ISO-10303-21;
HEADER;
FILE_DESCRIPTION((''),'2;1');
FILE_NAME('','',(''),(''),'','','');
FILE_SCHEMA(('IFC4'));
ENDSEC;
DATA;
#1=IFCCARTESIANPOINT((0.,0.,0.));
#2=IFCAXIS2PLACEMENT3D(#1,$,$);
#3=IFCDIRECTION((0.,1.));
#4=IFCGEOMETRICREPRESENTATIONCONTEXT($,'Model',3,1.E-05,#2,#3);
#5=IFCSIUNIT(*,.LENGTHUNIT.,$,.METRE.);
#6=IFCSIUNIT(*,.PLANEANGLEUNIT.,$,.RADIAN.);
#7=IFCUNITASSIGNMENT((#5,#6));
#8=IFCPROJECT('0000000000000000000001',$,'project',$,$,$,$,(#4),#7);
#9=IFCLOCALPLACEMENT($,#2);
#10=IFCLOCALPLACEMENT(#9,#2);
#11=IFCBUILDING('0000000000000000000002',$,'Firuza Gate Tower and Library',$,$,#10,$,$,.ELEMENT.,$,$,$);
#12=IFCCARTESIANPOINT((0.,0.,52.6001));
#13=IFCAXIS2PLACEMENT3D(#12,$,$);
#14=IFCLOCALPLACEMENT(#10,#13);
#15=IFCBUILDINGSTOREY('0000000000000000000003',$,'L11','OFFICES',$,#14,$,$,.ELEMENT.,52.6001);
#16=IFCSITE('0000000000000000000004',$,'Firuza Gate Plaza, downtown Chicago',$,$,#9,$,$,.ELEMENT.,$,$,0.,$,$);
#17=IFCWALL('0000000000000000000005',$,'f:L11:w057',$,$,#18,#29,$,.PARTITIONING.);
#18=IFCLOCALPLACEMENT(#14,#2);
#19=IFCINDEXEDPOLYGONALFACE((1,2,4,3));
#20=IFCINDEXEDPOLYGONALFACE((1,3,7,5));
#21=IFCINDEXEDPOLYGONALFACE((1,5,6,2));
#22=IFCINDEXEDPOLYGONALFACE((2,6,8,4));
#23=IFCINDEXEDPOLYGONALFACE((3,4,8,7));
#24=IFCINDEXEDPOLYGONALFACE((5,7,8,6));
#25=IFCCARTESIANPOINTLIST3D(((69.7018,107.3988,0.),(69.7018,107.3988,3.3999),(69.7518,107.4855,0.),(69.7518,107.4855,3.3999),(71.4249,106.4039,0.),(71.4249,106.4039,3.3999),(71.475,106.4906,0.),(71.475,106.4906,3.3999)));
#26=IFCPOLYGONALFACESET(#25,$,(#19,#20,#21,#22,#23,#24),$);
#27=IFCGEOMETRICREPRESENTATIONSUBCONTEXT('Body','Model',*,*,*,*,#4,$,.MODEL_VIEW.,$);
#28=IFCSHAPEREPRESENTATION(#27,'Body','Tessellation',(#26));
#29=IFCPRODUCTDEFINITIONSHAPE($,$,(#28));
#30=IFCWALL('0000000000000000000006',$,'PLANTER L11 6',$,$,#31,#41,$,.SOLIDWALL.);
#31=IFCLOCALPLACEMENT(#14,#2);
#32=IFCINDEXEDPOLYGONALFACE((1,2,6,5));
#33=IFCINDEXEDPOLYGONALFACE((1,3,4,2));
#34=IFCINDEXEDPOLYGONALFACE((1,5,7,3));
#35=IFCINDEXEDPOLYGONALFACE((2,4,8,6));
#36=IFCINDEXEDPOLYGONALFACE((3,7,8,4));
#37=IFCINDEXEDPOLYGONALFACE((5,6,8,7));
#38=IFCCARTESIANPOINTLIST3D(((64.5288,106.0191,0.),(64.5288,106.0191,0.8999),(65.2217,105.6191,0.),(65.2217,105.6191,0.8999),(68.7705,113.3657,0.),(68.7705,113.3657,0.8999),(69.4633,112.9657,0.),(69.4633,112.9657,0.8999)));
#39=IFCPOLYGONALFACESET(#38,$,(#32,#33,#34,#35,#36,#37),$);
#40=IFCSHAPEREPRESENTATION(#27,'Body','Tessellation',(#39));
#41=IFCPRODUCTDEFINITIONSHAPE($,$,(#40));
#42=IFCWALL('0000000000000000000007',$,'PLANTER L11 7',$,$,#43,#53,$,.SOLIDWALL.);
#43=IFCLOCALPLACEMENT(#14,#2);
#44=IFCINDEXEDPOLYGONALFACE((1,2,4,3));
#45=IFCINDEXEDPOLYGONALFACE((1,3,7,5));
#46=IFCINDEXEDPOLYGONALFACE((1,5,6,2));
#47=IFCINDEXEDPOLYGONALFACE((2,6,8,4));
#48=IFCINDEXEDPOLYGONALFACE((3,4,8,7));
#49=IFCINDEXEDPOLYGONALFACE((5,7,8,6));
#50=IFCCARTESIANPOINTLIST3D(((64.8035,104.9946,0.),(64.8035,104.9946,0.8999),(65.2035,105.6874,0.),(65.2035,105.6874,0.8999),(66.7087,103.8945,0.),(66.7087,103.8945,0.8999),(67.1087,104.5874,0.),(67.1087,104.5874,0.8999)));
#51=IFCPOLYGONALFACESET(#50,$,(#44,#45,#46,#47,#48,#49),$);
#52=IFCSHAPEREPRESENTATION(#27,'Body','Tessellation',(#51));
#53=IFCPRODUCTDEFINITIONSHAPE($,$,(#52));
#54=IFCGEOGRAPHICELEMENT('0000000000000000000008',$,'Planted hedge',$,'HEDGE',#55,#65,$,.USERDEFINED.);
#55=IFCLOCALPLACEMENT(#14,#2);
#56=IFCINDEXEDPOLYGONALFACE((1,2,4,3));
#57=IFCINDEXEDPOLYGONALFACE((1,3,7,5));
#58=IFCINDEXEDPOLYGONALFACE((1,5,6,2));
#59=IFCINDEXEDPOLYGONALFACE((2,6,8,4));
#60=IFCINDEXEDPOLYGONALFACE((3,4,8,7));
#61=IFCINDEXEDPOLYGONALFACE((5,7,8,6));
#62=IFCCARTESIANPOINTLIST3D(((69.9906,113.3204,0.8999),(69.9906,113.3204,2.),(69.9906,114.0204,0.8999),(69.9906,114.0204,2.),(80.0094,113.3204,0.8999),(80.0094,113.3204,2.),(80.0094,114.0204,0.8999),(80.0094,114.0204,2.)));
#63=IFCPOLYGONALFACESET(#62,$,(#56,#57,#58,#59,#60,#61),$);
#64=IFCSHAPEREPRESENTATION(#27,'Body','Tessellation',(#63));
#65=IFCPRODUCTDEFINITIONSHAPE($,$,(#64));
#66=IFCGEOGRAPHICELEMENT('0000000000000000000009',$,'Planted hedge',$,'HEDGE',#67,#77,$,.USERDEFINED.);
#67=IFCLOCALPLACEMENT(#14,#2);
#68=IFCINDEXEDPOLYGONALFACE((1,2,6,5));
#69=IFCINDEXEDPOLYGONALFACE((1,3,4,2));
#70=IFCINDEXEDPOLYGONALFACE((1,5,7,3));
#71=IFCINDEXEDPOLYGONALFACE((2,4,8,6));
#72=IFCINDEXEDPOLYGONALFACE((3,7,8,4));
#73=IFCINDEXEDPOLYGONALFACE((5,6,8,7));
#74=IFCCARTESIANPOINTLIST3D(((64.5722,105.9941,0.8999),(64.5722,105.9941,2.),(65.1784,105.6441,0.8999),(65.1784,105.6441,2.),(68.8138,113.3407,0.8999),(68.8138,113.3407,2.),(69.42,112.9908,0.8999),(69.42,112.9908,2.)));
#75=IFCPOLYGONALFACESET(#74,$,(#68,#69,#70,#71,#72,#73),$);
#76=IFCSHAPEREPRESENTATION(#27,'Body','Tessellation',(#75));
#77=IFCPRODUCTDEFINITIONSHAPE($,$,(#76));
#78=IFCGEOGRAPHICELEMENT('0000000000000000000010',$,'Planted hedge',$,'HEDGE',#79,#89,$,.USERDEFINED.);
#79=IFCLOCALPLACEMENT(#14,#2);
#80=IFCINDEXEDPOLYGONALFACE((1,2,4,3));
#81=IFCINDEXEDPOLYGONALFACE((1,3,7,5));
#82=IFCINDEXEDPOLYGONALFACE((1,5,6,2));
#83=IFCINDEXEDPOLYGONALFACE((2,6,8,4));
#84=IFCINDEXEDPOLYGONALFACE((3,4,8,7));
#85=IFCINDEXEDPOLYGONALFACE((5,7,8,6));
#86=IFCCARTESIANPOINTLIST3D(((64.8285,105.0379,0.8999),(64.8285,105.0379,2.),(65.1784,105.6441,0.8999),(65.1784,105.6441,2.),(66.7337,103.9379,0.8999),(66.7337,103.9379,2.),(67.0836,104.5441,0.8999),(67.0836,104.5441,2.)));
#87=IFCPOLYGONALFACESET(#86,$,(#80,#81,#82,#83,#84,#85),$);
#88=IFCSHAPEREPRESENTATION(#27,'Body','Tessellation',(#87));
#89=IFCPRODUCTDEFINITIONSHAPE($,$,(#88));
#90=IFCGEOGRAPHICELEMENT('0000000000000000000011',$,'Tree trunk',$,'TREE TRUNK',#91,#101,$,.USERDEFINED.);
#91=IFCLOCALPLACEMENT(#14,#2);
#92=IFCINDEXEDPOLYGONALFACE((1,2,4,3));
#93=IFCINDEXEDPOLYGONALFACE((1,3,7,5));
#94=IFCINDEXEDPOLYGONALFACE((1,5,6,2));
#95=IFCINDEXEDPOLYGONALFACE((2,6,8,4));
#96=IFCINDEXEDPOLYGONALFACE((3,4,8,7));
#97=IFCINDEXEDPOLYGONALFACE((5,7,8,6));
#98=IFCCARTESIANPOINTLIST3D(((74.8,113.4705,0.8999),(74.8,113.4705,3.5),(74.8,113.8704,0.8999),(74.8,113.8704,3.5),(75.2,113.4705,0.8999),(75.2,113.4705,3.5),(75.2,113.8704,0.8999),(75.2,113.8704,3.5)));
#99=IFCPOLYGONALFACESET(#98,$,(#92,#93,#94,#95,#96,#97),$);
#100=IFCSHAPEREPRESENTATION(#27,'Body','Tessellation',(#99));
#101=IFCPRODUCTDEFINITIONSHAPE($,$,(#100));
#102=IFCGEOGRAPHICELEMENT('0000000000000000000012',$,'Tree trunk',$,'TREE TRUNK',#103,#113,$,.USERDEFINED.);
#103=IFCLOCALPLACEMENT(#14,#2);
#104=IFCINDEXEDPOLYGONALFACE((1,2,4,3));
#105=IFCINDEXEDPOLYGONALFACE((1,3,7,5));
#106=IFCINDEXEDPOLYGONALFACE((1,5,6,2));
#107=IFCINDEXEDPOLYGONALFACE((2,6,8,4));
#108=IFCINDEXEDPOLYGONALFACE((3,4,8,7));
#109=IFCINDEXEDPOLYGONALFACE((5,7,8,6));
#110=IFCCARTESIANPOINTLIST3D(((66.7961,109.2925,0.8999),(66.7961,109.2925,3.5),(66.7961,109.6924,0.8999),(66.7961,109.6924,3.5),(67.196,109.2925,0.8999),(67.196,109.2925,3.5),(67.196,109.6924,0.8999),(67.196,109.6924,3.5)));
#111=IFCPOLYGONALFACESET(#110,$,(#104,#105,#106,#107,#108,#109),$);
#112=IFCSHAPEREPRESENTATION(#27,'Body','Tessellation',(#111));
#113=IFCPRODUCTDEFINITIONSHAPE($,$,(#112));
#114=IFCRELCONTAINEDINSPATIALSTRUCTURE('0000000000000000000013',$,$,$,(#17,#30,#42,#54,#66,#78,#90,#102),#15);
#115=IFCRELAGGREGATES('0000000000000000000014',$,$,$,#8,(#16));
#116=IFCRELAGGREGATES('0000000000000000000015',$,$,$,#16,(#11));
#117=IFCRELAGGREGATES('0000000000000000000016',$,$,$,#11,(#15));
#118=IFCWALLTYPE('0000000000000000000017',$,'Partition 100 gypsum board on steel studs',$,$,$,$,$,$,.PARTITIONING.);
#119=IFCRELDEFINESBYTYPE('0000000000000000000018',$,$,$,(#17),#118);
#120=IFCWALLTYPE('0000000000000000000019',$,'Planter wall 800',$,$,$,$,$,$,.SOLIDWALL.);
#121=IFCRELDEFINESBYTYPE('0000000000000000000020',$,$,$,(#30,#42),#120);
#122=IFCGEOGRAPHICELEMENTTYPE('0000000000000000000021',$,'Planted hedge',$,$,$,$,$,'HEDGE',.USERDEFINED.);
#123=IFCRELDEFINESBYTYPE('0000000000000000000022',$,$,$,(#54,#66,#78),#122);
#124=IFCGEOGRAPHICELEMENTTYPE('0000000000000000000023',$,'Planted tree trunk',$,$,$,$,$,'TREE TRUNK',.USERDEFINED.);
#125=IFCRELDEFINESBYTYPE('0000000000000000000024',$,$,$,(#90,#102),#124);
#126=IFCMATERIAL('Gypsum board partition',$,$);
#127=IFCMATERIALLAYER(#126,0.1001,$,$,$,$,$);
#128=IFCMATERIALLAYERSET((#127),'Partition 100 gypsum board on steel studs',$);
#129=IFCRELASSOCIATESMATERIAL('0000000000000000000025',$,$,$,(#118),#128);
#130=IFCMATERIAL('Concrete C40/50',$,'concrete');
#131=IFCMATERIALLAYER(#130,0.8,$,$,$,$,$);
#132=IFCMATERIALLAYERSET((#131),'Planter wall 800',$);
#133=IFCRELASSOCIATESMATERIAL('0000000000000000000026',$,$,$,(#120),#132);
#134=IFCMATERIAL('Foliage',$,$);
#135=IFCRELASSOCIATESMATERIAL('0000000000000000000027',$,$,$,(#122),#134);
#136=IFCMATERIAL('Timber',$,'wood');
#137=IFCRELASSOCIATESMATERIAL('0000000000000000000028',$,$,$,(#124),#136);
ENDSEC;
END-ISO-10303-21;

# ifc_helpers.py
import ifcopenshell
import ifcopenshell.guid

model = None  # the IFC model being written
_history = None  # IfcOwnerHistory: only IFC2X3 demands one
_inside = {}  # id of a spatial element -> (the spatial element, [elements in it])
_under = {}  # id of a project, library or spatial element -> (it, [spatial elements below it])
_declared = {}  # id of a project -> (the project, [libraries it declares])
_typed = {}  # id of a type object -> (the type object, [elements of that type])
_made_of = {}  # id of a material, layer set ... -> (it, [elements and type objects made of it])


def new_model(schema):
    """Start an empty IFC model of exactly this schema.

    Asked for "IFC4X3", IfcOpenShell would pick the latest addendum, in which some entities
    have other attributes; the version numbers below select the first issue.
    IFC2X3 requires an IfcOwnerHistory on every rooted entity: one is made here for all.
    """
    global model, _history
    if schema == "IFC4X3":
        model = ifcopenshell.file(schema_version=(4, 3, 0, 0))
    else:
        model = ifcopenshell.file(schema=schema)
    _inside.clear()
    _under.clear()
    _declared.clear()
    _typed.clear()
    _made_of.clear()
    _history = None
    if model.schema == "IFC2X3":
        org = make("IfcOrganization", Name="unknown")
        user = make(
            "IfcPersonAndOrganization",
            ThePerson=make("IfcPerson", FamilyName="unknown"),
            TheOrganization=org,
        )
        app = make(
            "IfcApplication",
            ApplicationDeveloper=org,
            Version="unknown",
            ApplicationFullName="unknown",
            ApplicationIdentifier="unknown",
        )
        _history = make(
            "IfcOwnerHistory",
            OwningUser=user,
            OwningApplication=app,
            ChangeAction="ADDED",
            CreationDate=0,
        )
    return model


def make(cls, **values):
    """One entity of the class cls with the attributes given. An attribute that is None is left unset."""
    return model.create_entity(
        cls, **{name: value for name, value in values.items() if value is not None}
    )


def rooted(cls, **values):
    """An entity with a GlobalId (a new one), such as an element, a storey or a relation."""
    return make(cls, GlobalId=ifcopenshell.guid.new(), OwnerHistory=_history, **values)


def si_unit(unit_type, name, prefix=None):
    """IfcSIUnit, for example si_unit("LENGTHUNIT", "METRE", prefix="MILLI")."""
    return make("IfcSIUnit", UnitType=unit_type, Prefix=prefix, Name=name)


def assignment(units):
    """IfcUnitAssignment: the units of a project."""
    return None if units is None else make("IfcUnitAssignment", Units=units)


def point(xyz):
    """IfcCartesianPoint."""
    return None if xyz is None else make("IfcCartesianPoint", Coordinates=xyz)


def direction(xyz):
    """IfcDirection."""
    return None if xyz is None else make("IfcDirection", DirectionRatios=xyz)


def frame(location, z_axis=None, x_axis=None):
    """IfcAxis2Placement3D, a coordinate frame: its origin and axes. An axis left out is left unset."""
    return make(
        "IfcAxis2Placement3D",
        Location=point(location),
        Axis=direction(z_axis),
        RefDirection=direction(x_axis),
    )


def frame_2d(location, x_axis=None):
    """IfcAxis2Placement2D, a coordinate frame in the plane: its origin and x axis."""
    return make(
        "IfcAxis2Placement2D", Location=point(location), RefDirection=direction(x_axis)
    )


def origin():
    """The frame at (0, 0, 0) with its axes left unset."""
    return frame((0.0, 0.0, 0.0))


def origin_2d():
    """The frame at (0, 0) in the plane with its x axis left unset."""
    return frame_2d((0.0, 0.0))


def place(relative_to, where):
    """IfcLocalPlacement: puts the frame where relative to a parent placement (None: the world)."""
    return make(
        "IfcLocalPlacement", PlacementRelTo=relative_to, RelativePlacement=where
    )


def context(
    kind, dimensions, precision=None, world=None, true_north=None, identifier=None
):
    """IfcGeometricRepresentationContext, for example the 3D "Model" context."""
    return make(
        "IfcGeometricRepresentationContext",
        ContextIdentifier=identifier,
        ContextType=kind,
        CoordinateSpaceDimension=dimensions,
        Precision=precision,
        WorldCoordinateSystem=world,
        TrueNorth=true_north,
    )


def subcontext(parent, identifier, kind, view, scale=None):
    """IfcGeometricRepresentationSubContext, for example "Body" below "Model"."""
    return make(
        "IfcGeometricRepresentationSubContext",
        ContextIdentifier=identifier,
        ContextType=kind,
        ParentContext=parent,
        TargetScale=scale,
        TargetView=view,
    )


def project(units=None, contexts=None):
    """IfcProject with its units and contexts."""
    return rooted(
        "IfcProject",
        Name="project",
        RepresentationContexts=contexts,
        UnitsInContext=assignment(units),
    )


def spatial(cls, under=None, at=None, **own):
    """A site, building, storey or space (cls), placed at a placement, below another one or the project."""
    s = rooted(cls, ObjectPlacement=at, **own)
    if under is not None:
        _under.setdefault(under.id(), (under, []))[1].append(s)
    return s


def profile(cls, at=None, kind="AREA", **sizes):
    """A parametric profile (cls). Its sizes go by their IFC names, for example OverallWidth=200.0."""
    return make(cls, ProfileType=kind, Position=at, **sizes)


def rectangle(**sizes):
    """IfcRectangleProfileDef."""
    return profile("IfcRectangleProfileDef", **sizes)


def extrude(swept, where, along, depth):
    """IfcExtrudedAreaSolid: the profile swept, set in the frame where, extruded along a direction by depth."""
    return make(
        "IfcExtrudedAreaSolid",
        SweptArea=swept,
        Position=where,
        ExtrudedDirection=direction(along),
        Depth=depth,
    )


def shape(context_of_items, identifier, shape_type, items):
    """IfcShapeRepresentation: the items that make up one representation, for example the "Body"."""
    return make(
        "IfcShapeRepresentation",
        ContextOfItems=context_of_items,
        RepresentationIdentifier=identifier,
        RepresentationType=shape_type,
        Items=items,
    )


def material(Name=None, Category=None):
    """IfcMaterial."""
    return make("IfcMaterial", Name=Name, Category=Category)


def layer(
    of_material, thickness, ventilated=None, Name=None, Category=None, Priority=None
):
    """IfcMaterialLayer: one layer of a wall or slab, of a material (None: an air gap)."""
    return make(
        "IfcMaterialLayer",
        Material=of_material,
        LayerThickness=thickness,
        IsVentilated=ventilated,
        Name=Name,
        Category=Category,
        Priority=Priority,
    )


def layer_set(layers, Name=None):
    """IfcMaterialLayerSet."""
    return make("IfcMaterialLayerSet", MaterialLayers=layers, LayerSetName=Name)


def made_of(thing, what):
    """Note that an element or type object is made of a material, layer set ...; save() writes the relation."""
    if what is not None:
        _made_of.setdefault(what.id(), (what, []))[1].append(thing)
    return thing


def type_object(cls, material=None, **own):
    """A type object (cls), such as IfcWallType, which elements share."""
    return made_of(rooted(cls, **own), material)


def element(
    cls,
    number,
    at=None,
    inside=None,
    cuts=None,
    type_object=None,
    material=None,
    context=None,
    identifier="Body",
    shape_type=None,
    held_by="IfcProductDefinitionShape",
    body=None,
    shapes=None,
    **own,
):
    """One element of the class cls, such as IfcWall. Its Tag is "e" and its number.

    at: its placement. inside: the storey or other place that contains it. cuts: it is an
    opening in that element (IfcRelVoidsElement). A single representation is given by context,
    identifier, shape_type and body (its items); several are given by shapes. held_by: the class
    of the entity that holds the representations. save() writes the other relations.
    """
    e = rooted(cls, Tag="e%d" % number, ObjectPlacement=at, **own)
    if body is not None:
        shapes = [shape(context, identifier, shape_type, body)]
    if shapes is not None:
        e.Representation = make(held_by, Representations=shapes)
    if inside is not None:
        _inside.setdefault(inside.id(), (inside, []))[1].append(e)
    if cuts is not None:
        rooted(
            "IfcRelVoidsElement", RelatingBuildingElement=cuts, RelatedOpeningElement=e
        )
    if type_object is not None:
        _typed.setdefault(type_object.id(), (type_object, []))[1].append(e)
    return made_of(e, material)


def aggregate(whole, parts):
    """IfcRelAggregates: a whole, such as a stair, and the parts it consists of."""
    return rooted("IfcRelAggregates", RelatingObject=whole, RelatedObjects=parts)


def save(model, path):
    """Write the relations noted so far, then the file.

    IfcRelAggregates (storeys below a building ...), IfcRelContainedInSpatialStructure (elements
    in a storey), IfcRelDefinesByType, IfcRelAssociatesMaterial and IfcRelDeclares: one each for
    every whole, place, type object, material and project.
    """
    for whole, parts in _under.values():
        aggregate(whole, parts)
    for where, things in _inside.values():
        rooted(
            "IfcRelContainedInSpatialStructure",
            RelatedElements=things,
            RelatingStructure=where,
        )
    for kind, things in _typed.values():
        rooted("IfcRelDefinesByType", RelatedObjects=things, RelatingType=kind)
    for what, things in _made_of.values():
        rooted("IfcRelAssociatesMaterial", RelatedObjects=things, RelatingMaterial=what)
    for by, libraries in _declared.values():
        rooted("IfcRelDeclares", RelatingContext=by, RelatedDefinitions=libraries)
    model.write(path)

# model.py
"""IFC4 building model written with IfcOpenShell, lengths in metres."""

from ifc_helpers import new_model, si_unit, direction, frame, frame_2d, origin, origin_2d, place, context, subcontext, project, spatial, rectangle, extrude, material, layer, layer_set, type_object, element, save


model = new_model("IFC4")

# Units and contexts
model_context = context("Model", 3, precision=1e-05, world=origin(), true_north=direction((0.0, 1.0)))
body_context = subcontext(model_context, "Body", "Model", "MODEL_VIEW")
ifc_project = project(units=[si_unit("LENGTHUNIT", "METRE"), si_unit("PLANEANGLEUNIT", "RADIAN")], contexts=[model_context])

# Site, building, storey
site_placement = place(None, origin())
site = spatial("IfcSite", under=ifc_project, at=site_placement, Name="Firuza Gate Plaza, downtown Chicago", CompositionType="ELEMENT", RefElevation=0.0)
building_placement = place(site_placement, origin())
building = spatial("IfcBuilding", under=site, at=building_placement, Name="Firuza Gate Tower and Library", CompositionType="ELEMENT")
storey_placement = place(building_placement, frame((0.0, 0.0, 52.6001)))
storey = spatial("IfcBuildingStorey", under=building, at=storey_placement, Name="L11", Description="OFFICES", CompositionType="ELEMENT", Elevation=52.6001)

# Shared definitions
ifc_material_1 = material(Name="Gypsum board partition")
ifc_layer_1 = layer(ifc_material_1, 0.1001)
ifc_layer_set_1 = layer_set([ifc_layer_1], Name="Partition 100 gypsum board on steel studs")
wall_type_1 = type_object("IfcWallType", Name="Partition 100 gypsum board on steel studs", PredefinedType="PARTITIONING", material=ifc_layer_set_1)

# Walls
wall_1_placement = place(storey_placement, frame((71.45, 106.4473, 0.0), z_axis=(0.0, 0.0, 1.0), x_axis=(-0.866022, 0.500006, 0.0)))
element("IfcWall", 1, at=wall_1_placement, inside=storey, type_object=wall_type_1, Name="f:L11:w057", PredefinedType="PARTITIONING", context=body_context, shape_type="SweptSolid", body=[
    extrude(rectangle(XDim=1.9897, YDim=0.1001, at=frame_2d((0.9949, 0.0))), origin(), (0.0, 0.0, 1.0), 3.3999),
])
ifc_material_2 = material(Name="Concrete C40/50", Category="concrete")
ifc_layer_2 = layer(ifc_material_2, 0.8)
ifc_layer_set_2 = layer_set([ifc_layer_2], Name="Planter wall 800")
wall_type_2 = type_object("IfcWallType", Name="Planter wall 800", PredefinedType="SOLIDWALL", material=ifc_layer_set_2)
wall_2_placement = place(storey_placement, frame((69.1169, 113.1658, 0.0), z_axis=(0.0, 0.0, 1.0), x_axis=(-0.500008, -0.866021, 0.0)))
element("IfcWall", 2, at=wall_2_placement, inside=storey, type_object=wall_type_2, Name="PLANTER L11 6", PredefinedType="SOLIDWALL", context=body_context, shape_type="SweptSolid", body=[
    extrude(rectangle(XDim=8.4832, YDim=0.8, at=frame_2d((4.2417, 0.0))), origin(), (0.0, 0.0, 1.0), 0.8999),
])
wall_3_placement = place(storey_placement, frame((65.0034, 105.3411, 0.0), z_axis=(0.0, 0.0, 1.0), x_axis=(0.866008, -0.50003, 0.0)))
element("IfcWall", 3, at=wall_3_placement, inside=storey, type_object=wall_type_2, Name="PLANTER L11 7", PredefinedType="SOLIDWALL", context=body_context, shape_type="SweptSolid", body=[
    extrude(rectangle(XDim=2.2, YDim=0.8, at=frame_2d((1.1001, 0.0))), origin(), (0.0, 0.0, 1.0), 0.8999),
])

# Geographic elements
ifc_material_3 = material(Name="Foliage")
geographic_element_type_1 = type_object("IfcGeographicElementType", Name="Planted hedge", ElementType="HEDGE", PredefinedType="USERDEFINED", material=ifc_material_3)
geographic_element_1_placement = place(storey_placement, frame((75.0, 113.6704, 0.8999), z_axis=(0.0, 0.0, 1.0), x_axis=(-1.0, 0.0, 0.0)))
element("IfcGeographicElement", 4, at=geographic_element_1_placement, inside=storey, type_object=geographic_element_type_1, Name="Planted hedge", ObjectType="HEDGE", PredefinedType="USERDEFINED", context=body_context, shape_type="SweptSolid", body=[
    extrude(rectangle(XDim=10.0188, YDim=0.7, at=origin_2d()), origin(), (0.0, 0.0, 1.0), 1.1001),
])
geographic_element_2_placement = place(storey_placement, frame((66.9961, 109.4924, 0.8999), z_axis=(0.0, 0.0, 1.0), x_axis=(-0.5, -0.866025, 0.0)))
element("IfcGeographicElement", 5, at=geographic_element_2_placement, inside=storey, type_object=geographic_element_type_1, Name="Planted hedge", ObjectType="HEDGE", PredefinedType="USERDEFINED", context=body_context, shape_type="SweptSolid", body=[
    extrude(rectangle(XDim=8.4832, YDim=0.7, at=origin_2d()), origin(), (0.0, 0.0, 1.0), 1.1001),
])
geographic_element_3_placement = place(storey_placement, frame((65.9561, 104.791, 0.8999), z_axis=(0.0, 0.0, 1.0), x_axis=(0.866025, -0.5, 0.0)))
element("IfcGeographicElement", 6, at=geographic_element_3_placement, inside=storey, type_object=geographic_element_type_1, Name="Planted hedge", ObjectType="HEDGE", PredefinedType="USERDEFINED", context=body_context, shape_type="SweptSolid", body=[
    extrude(rectangle(XDim=2.2, YDim=0.7, at=origin_2d()), origin(), (0.0, 0.0, 1.0), 1.1001),
])
ifc_material_4 = material(Name="Timber", Category="wood")
geographic_element_type_2 = type_object("IfcGeographicElementType", Name="Planted tree trunk", ElementType="TREE TRUNK", PredefinedType="USERDEFINED", material=ifc_material_4)
for number, where, z_axis, x_axis, name in (
    (7, (75.0, 113.6704, 0.8999), (0.0, 0.0, 1.0), (1.0, 0.0, 0.0), "Tree trunk"),
    (8, (66.9961, 109.4924, 0.8999), (0.0, 0.0, 1.0), (1.0, 0.0, 0.0), "Tree trunk"),
):
    element("IfcGeographicElement", number, at=place(storey_placement, frame(where, z_axis=z_axis, x_axis=x_axis)), inside=storey, type_object=geographic_element_type_2, Name=name, ObjectType="TREE TRUNK", PredefinedType="USERDEFINED", context=body_context, shape_type="SweptSolid", body=[
        extrude(rectangle(XDim=0.3999, YDim=0.3999, at=origin_2d()), origin(), (0.0, 0.0, 1.0), 2.6001),
    ])

save(model, "model.ifc")
